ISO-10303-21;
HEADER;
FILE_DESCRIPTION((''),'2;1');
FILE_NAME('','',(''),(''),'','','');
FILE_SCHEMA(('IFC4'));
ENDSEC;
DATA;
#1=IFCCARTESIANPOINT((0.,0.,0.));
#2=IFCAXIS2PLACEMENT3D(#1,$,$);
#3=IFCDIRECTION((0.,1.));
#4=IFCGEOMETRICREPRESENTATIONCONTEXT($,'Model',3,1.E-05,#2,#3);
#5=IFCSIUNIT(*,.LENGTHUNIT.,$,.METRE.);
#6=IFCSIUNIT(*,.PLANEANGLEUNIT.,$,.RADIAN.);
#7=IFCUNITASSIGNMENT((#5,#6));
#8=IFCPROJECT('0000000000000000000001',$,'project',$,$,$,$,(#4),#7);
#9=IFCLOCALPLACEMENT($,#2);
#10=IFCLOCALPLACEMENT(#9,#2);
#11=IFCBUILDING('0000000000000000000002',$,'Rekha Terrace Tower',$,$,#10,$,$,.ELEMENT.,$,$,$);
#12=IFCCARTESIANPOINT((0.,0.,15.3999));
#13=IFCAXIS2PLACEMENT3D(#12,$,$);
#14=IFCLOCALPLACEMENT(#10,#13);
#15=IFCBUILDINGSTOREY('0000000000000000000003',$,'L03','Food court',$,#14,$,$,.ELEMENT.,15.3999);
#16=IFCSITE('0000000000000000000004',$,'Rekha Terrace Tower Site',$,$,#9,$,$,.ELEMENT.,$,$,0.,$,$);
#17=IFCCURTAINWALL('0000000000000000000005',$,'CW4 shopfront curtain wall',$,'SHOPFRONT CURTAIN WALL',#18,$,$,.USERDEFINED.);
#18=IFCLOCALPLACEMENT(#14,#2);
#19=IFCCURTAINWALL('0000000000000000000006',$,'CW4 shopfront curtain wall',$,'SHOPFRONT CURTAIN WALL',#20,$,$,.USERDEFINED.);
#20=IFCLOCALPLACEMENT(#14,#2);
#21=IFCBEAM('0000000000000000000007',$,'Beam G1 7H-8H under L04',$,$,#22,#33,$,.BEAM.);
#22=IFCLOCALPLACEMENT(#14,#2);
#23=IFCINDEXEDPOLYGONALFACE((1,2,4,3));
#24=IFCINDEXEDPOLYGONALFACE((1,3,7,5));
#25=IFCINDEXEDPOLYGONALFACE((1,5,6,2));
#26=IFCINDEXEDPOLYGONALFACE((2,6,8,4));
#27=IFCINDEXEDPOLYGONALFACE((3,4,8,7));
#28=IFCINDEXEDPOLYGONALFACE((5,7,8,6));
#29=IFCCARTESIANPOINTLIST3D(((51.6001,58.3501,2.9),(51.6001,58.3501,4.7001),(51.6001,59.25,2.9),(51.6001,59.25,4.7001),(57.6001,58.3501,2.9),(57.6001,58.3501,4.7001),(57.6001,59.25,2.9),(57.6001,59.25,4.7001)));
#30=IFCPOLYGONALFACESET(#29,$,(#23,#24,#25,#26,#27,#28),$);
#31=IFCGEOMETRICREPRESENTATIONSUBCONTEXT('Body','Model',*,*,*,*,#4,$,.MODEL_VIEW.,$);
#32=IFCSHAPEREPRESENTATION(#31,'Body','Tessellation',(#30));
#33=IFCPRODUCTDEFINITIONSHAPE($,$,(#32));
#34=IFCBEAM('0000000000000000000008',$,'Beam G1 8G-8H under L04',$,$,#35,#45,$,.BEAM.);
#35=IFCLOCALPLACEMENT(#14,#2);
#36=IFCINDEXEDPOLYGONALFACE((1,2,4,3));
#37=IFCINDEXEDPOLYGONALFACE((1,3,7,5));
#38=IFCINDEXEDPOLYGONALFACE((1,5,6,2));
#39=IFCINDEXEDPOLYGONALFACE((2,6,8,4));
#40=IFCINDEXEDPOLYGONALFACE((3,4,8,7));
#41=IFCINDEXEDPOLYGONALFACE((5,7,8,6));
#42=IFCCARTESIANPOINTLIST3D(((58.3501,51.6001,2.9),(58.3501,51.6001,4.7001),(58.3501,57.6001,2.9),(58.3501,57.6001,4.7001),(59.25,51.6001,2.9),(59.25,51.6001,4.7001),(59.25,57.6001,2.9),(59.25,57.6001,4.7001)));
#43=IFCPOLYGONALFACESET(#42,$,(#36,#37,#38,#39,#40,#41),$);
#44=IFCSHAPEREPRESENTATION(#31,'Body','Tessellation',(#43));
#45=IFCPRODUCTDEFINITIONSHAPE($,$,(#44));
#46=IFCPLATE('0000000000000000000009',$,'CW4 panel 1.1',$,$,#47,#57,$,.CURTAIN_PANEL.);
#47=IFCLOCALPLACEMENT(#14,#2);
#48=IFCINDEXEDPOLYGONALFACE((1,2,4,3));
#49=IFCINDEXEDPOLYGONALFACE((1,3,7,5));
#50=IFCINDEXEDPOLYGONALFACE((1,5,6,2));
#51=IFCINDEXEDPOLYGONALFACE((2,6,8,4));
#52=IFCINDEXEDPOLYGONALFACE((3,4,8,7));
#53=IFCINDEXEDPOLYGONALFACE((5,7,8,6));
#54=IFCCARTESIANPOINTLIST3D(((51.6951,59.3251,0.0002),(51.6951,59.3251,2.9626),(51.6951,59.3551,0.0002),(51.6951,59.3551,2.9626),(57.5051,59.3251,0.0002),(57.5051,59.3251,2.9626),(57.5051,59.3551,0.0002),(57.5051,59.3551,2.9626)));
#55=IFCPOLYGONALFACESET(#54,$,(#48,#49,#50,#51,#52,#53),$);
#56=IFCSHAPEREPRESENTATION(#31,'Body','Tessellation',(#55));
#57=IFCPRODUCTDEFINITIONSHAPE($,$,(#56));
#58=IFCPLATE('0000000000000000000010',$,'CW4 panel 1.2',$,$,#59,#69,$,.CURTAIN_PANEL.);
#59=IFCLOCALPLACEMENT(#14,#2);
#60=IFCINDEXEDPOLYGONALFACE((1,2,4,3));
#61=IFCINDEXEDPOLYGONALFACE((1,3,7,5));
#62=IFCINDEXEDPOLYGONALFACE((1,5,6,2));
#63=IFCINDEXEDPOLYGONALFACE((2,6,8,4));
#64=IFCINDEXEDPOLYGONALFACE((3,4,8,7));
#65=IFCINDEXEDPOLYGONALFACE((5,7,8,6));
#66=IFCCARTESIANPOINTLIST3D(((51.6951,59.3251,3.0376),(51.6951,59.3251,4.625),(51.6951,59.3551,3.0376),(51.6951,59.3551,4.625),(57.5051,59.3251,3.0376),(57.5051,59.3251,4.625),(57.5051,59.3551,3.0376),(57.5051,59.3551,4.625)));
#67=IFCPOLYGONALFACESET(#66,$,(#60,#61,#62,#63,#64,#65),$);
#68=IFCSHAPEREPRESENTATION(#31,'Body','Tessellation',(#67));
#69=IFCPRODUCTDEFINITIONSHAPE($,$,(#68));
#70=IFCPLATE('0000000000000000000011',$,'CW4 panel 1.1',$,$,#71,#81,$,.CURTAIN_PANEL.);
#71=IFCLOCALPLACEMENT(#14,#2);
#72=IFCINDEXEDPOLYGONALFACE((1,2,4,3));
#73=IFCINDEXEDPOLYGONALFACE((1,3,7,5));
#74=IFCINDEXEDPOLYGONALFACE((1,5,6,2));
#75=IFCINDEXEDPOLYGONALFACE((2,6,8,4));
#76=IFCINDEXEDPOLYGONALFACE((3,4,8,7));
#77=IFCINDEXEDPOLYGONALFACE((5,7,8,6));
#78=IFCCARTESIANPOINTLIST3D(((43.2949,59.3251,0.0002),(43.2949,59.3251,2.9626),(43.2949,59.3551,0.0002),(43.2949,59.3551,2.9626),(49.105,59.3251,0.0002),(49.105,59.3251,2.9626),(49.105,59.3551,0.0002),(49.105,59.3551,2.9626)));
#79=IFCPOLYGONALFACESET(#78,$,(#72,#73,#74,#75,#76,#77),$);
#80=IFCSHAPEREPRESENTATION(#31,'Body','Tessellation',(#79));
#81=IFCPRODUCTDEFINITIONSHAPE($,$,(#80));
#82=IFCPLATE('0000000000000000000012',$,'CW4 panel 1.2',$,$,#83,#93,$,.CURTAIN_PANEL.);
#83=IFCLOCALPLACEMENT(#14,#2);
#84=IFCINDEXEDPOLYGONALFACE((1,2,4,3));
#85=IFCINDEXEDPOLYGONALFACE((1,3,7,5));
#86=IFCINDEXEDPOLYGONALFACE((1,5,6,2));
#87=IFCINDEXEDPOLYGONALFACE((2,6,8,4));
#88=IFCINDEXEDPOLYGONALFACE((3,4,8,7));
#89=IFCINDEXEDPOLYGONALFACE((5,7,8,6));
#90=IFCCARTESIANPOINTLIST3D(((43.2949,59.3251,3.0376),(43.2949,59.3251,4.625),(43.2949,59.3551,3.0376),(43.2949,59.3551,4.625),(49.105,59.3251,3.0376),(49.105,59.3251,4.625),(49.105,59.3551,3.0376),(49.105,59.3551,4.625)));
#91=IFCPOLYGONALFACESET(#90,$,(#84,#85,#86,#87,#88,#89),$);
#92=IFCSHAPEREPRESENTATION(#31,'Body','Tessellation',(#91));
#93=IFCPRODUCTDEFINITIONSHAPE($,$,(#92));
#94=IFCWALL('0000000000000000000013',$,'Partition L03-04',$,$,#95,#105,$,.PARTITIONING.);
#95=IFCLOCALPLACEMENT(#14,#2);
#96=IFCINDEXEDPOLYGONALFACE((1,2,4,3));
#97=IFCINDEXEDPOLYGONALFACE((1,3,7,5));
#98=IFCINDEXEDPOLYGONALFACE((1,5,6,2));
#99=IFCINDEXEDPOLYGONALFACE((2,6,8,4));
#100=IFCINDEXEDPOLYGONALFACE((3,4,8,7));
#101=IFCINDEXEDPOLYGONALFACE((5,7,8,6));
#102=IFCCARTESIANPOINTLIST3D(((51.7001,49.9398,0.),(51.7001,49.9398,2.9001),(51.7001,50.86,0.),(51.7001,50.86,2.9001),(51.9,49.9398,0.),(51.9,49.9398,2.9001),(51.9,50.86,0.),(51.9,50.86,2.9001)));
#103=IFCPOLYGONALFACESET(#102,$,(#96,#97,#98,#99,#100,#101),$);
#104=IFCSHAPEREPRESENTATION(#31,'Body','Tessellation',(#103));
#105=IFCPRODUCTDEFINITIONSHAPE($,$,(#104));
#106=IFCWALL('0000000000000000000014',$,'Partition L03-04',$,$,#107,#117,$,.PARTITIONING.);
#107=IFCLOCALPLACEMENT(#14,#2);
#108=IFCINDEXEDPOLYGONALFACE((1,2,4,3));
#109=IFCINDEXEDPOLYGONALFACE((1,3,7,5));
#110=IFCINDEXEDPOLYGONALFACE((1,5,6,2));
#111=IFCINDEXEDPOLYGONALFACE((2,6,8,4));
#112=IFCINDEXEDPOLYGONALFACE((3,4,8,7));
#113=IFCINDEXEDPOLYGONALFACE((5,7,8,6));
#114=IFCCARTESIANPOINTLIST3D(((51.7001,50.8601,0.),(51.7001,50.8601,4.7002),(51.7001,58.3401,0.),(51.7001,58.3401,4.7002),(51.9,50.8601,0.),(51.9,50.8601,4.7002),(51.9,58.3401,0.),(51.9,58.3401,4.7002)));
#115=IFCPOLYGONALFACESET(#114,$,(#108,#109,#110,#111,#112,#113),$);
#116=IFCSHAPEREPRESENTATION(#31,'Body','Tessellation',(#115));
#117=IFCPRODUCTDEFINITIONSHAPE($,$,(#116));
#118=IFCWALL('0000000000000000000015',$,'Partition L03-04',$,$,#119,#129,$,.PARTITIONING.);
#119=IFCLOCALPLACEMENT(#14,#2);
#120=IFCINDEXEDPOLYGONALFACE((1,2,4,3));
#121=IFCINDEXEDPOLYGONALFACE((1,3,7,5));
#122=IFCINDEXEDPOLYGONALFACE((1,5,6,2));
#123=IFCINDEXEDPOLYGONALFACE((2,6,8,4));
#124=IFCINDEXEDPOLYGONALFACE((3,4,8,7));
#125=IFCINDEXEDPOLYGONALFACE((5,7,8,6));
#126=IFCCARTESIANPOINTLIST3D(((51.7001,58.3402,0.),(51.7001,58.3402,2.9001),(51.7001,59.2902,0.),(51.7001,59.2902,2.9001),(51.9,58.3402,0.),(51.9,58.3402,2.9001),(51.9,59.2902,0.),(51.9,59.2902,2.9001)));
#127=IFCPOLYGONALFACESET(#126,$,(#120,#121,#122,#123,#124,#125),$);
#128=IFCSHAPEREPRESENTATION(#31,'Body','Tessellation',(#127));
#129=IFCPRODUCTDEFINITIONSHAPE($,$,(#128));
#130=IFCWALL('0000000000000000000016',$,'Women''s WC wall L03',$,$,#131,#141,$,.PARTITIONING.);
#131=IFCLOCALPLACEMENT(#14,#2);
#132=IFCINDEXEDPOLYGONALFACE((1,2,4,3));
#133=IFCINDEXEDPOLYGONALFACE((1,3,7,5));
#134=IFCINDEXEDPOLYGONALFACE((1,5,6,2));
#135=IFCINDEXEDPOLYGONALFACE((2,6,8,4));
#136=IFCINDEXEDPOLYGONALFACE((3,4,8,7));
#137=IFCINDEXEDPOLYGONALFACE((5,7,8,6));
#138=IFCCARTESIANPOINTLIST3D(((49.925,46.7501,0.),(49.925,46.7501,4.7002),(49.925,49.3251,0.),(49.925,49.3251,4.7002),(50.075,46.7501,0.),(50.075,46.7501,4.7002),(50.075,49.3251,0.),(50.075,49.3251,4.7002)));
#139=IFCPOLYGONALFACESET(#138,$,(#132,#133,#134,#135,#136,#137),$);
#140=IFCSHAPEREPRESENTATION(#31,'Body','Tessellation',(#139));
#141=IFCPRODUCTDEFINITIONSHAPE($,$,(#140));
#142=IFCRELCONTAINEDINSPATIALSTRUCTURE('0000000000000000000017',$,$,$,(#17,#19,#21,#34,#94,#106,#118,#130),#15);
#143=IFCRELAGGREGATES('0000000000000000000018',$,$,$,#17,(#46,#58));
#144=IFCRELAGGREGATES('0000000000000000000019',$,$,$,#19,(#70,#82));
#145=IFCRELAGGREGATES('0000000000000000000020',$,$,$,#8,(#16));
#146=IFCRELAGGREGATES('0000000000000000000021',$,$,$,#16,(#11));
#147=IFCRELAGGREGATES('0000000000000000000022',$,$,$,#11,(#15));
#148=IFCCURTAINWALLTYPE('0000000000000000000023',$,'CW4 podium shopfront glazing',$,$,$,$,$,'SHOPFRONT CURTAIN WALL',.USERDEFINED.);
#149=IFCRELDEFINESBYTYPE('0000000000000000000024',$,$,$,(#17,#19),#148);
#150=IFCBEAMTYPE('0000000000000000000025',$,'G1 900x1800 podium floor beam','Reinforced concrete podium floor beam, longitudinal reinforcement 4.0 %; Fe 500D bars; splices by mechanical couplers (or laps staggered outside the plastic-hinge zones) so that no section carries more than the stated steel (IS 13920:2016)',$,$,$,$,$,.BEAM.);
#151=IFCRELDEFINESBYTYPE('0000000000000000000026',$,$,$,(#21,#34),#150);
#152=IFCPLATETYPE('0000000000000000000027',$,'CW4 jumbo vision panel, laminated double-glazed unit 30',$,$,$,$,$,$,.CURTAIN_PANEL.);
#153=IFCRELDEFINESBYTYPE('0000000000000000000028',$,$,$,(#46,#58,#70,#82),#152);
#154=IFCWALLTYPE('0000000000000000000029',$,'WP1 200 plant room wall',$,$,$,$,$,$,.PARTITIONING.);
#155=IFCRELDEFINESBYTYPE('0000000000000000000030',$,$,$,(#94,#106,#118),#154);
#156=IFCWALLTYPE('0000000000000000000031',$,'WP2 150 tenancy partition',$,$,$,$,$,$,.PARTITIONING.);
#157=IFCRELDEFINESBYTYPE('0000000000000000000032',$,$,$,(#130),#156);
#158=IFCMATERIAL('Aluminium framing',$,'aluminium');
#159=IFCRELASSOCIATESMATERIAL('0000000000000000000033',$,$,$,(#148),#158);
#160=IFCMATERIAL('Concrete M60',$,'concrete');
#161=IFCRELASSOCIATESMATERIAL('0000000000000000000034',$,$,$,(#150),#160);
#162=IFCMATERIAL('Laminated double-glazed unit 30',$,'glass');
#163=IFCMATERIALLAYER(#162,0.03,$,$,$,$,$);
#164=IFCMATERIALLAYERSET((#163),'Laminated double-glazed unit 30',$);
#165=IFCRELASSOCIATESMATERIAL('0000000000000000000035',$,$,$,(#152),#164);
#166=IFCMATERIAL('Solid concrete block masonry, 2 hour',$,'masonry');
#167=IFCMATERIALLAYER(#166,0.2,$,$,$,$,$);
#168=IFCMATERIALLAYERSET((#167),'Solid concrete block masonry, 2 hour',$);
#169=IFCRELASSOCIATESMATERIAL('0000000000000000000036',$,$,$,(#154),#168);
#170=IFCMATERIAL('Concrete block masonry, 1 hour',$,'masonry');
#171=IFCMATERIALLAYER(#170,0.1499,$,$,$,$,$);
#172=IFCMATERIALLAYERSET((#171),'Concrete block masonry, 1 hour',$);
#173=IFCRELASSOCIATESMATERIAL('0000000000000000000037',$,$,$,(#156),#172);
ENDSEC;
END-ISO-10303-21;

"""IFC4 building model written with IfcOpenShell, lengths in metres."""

from ifc_helpers import new_model, si_unit, direction, frame, frame_2d, origin, origin_2d, place, context, subcontext, project, spatial, rectangle, extrude, material, layer, layer_set, material_profile, profile_set, type_object, element, aggregate, save


model = new_model("IFC4")

# Units and contexts
model_context = context("Model", 3, precision=1e-05, world=origin(), true_north=direction((0.0, 1.0)))
body_context = subcontext(model_context, "Body", "Model", "MODEL_VIEW")
ifc_project = project(units=[si_unit("LENGTHUNIT", "METRE"), si_unit("PLANEANGLEUNIT", "RADIAN")], contexts=[model_context])

# Site, building, storey
site_placement = place(None, origin())
site = spatial("IfcSite", under=ifc_project, at=site_placement, Name="Rekha Terrace Tower Site", CompositionType="ELEMENT", RefElevation=0.0)
building_placement = place(site_placement, origin())
building = spatial("IfcBuilding", under=site, at=building_placement, Name="Rekha Terrace Tower", CompositionType="ELEMENT")
storey_placement = place(building_placement, frame((0.0, 0.0, 15.3999)))
storey = spatial("IfcBuildingStorey", under=building, at=storey_placement, Name="L03", Description="Food court", CompositionType="ELEMENT", Elevation=15.3999)

# Curtain wall
ifc_material_1 = material(Name="Aluminium framing", Category="aluminium")
curtain_wall_type = type_object("IfcCurtainWallType", Name="CW4 podium shopfront glazing", ElementType="SHOPFRONT CURTAIN WALL", PredefinedType="USERDEFINED", material=ifc_material_1)
curtain_wall_1_placement = place(storey_placement, origin())
curtain_wall_1 = element("IfcCurtainWall", 1, at=curtain_wall_1_placement, inside=storey, type_object=curtain_wall_type, Name="CW4 shopfront curtain wall", ObjectType="SHOPFRONT CURTAIN WALL", PredefinedType="USERDEFINED")

# Curtain wall
curtain_wall_2_placement = place(storey_placement, origin())
curtain_wall_2 = element("IfcCurtainWall", 2, at=curtain_wall_2_placement, inside=storey, type_object=curtain_wall_type, Name="CW4 shopfront curtain wall", ObjectType="SHOPFRONT CURTAIN WALL", PredefinedType="USERDEFINED")

# Beams
ifc_material_2 = material(Name="Concrete M60", Category="concrete")
ifc_material_profile_1 = material_profile(ifc_material_2, rectangle(XDim=0.8999, YDim=1.8, at=origin_2d()), Name="RC 900x1800")
ifc_profile_set_1 = profile_set([ifc_material_profile_1], Name="Concrete M60")
beam_type = type_object("IfcBeamType", Name="G1 900x1800 podium floor beam", Description="Reinforced concrete podium floor beam, longitudinal reinforcement 4.0 %; Fe 500D bars; splices by mechanical couplers (or laps staggered outside the plastic-hinge zones) so that no section carries more than the stated steel (IS 13920:2016)", PredefinedType="BEAM", material=ifc_profile_set_1)
for number, where, z_axis, x_axis, name in (
    (3, (51.6001, 58.8, 3.8), (1.0, 0.0, 0.0), (0.0, 1.0, 0.0), "Beam G1 7H-8H under L04"),
    (4, (58.8, 51.6001, 3.8), (0.0, 1.0, 0.0), (-1.0, 0.0, 0.0), "Beam G1 8G-8H under L04"),
):
    element("IfcBeam", number, at=place(storey_placement, frame(where, z_axis=z_axis, x_axis=x_axis)), inside=storey, type_object=beam_type, Name=name, PredefinedType="BEAM", context=body_context, shape_type="SweptSolid", body=[
        extrude(rectangle(XDim=0.8999, YDim=1.8, at=origin_2d()), origin(), (0.0, 0.0, 1.0), 6.0),
    ])

# Plates
ifc_material_3 = material(Name="Laminated double-glazed unit 30", Category="glass")
ifc_layer_1 = layer(ifc_material_3, 0.03)
ifc_layer_set_1 = layer_set([ifc_layer_1], Name="Laminated double-glazed unit 30")
plate_type = type_object("IfcPlateType", Name="CW4 jumbo vision panel, laminated double-glazed unit 30", PredefinedType="CURTAIN_PANEL", material=ifc_layer_set_1)
plate_1_placement = place(storey_placement, frame((54.6001, 59.3401, 0.0002), z_axis=(0.0, 0.0, 1.0), x_axis=(-1.0, 0.0, 0.0)))
plate_1 = element("IfcPlate", 5, at=plate_1_placement, type_object=plate_type, Name="CW4 panel 1.1", PredefinedType="CURTAIN_PANEL", context=body_context, shape_type="SweptSolid", body=[
    extrude(rectangle(XDim=5.8101, YDim=0.03, at=origin_2d()), origin(), (0.0, 0.0, 1.0), 2.9624),
])
plate_2_placement = place(storey_placement, frame((54.6001, 59.3401, 3.0376), z_axis=(0.0, 0.0, 1.0), x_axis=(-1.0, 0.0, 0.0)))
plate_2 = element("IfcPlate", 6, at=plate_2_placement, type_object=plate_type, Name="CW4 panel 1.2", PredefinedType="CURTAIN_PANEL", context=body_context, shape_type="SweptSolid", body=[
    extrude(rectangle(XDim=5.8101, YDim=0.03, at=origin_2d()), origin(), (0.0, 0.0, 1.0), 1.5874),
])
aggregate(curtain_wall_1, [plate_1, plate_2])
plate_3_placement = place(storey_placement, frame((46.2, 59.3401, 0.0002), z_axis=(0.0, 0.0, 1.0), x_axis=(-1.0, 0.0, 0.0)))
plate_3 = element("IfcPlate", 7, at=plate_3_placement, type_object=plate_type, Name="CW4 panel 1.1", PredefinedType="CURTAIN_PANEL", context=body_context, shape_type="SweptSolid", body=[
    extrude(rectangle(XDim=5.8101, YDim=0.03, at=origin_2d()), origin(), (0.0, 0.0, 1.0), 2.9624),
])
plate_4_placement = place(storey_placement, frame((46.2, 59.3401, 3.0376), z_axis=(0.0, 0.0, 1.0), x_axis=(-1.0, 0.0, 0.0)))
plate_4 = element("IfcPlate", 8, at=plate_4_placement, type_object=plate_type, Name="CW4 panel 1.2", PredefinedType="CURTAIN_PANEL", context=body_context, shape_type="SweptSolid", body=[
    extrude(rectangle(XDim=5.8101, YDim=0.03, at=origin_2d()), origin(), (0.0, 0.0, 1.0), 1.5874),
])
aggregate(curtain_wall_2, [plate_3, plate_4])

# Walls
ifc_material_4 = material(Name="Solid concrete block masonry, 2 hour", Category="masonry")
ifc_layer_2 = layer(ifc_material_4, 0.2)
ifc_layer_set_2 = layer_set([ifc_layer_2], Name="Solid concrete block masonry, 2 hour")
wall_type_1 = type_object("IfcWallType", Name="WP1 200 plant room wall", PredefinedType="PARTITIONING", material=ifc_layer_set_2)
wall_1_placement = place(storey_placement, frame((51.8, 49.9399, 0.0), z_axis=(0.0, 0.0, 1.0), x_axis=(0.0, 1.0, 0.0)))
element("IfcWall", 9, at=wall_1_placement, inside=storey, type_object=wall_type_1, Name="Partition L03-04", PredefinedType="PARTITIONING", context=body_context, shape_type="SweptSolid", body=[
    extrude(rectangle(XDim=0.9202, YDim=0.2, at=frame_2d((0.46, 0.0))), origin(), (0.0, 0.0, 1.0), 2.9001),
])
wall_2_placement = place(storey_placement, frame((51.8, 50.8601, 0.0), z_axis=(0.0, 0.0, 1.0), x_axis=(0.0, 1.0, 0.0)))
element("IfcWall", 10, at=wall_2_placement, inside=storey, type_object=wall_type_1, Name="Partition L03-04", PredefinedType="PARTITIONING", context=body_context, shape_type="SweptSolid", body=[
    extrude(rectangle(XDim=7.48, YDim=0.2, at=frame_2d((3.74, 0.0))), origin(), (0.0, 0.0, 1.0), 4.7002),
])
wall_3_placement = place(storey_placement, frame((51.8, 58.3401, 0.0), z_axis=(0.0, 0.0, 1.0), x_axis=(0.0, 1.0, 0.0)))
element("IfcWall", 11, at=wall_3_placement, inside=storey, type_object=wall_type_1, Name="Partition L03-04", PredefinedType="PARTITIONING", context=body_context, shape_type="SweptSolid", body=[
    extrude(rectangle(XDim=0.95, YDim=0.2, at=frame_2d((0.4751, 0.0))), origin(), (0.0, 0.0, 1.0), 2.9001),
])
ifc_material_5 = material(Name="Concrete block masonry, 1 hour", Category="masonry")
ifc_layer_3 = layer(ifc_material_5, 0.1499)
ifc_layer_set_3 = layer_set([ifc_layer_3], Name="Concrete block masonry, 1 hour")
wall_type_2 = type_object("IfcWallType", Name="WP2 150 tenancy partition", PredefinedType="PARTITIONING", material=ifc_layer_set_3)
wall_4_placement = place(storey_placement, frame((50.0, 46.75, 0.0), z_axis=(0.0, 0.0, 1.0), x_axis=(0.0, 1.0, 0.0)))
element("IfcWall", 12, at=wall_4_placement, inside=storey, type_object=wall_type_2, Name="Women's WC wall L03", PredefinedType="PARTITIONING", context=body_context, shape_type="SweptSolid", body=[
    extrude(rectangle(XDim=2.575, YDim=0.1499, at=frame_2d((1.2876, 0.0))), origin(), (0.0, 0.0, 1.0), 4.7002),
])

save(model, "model.ifc")
